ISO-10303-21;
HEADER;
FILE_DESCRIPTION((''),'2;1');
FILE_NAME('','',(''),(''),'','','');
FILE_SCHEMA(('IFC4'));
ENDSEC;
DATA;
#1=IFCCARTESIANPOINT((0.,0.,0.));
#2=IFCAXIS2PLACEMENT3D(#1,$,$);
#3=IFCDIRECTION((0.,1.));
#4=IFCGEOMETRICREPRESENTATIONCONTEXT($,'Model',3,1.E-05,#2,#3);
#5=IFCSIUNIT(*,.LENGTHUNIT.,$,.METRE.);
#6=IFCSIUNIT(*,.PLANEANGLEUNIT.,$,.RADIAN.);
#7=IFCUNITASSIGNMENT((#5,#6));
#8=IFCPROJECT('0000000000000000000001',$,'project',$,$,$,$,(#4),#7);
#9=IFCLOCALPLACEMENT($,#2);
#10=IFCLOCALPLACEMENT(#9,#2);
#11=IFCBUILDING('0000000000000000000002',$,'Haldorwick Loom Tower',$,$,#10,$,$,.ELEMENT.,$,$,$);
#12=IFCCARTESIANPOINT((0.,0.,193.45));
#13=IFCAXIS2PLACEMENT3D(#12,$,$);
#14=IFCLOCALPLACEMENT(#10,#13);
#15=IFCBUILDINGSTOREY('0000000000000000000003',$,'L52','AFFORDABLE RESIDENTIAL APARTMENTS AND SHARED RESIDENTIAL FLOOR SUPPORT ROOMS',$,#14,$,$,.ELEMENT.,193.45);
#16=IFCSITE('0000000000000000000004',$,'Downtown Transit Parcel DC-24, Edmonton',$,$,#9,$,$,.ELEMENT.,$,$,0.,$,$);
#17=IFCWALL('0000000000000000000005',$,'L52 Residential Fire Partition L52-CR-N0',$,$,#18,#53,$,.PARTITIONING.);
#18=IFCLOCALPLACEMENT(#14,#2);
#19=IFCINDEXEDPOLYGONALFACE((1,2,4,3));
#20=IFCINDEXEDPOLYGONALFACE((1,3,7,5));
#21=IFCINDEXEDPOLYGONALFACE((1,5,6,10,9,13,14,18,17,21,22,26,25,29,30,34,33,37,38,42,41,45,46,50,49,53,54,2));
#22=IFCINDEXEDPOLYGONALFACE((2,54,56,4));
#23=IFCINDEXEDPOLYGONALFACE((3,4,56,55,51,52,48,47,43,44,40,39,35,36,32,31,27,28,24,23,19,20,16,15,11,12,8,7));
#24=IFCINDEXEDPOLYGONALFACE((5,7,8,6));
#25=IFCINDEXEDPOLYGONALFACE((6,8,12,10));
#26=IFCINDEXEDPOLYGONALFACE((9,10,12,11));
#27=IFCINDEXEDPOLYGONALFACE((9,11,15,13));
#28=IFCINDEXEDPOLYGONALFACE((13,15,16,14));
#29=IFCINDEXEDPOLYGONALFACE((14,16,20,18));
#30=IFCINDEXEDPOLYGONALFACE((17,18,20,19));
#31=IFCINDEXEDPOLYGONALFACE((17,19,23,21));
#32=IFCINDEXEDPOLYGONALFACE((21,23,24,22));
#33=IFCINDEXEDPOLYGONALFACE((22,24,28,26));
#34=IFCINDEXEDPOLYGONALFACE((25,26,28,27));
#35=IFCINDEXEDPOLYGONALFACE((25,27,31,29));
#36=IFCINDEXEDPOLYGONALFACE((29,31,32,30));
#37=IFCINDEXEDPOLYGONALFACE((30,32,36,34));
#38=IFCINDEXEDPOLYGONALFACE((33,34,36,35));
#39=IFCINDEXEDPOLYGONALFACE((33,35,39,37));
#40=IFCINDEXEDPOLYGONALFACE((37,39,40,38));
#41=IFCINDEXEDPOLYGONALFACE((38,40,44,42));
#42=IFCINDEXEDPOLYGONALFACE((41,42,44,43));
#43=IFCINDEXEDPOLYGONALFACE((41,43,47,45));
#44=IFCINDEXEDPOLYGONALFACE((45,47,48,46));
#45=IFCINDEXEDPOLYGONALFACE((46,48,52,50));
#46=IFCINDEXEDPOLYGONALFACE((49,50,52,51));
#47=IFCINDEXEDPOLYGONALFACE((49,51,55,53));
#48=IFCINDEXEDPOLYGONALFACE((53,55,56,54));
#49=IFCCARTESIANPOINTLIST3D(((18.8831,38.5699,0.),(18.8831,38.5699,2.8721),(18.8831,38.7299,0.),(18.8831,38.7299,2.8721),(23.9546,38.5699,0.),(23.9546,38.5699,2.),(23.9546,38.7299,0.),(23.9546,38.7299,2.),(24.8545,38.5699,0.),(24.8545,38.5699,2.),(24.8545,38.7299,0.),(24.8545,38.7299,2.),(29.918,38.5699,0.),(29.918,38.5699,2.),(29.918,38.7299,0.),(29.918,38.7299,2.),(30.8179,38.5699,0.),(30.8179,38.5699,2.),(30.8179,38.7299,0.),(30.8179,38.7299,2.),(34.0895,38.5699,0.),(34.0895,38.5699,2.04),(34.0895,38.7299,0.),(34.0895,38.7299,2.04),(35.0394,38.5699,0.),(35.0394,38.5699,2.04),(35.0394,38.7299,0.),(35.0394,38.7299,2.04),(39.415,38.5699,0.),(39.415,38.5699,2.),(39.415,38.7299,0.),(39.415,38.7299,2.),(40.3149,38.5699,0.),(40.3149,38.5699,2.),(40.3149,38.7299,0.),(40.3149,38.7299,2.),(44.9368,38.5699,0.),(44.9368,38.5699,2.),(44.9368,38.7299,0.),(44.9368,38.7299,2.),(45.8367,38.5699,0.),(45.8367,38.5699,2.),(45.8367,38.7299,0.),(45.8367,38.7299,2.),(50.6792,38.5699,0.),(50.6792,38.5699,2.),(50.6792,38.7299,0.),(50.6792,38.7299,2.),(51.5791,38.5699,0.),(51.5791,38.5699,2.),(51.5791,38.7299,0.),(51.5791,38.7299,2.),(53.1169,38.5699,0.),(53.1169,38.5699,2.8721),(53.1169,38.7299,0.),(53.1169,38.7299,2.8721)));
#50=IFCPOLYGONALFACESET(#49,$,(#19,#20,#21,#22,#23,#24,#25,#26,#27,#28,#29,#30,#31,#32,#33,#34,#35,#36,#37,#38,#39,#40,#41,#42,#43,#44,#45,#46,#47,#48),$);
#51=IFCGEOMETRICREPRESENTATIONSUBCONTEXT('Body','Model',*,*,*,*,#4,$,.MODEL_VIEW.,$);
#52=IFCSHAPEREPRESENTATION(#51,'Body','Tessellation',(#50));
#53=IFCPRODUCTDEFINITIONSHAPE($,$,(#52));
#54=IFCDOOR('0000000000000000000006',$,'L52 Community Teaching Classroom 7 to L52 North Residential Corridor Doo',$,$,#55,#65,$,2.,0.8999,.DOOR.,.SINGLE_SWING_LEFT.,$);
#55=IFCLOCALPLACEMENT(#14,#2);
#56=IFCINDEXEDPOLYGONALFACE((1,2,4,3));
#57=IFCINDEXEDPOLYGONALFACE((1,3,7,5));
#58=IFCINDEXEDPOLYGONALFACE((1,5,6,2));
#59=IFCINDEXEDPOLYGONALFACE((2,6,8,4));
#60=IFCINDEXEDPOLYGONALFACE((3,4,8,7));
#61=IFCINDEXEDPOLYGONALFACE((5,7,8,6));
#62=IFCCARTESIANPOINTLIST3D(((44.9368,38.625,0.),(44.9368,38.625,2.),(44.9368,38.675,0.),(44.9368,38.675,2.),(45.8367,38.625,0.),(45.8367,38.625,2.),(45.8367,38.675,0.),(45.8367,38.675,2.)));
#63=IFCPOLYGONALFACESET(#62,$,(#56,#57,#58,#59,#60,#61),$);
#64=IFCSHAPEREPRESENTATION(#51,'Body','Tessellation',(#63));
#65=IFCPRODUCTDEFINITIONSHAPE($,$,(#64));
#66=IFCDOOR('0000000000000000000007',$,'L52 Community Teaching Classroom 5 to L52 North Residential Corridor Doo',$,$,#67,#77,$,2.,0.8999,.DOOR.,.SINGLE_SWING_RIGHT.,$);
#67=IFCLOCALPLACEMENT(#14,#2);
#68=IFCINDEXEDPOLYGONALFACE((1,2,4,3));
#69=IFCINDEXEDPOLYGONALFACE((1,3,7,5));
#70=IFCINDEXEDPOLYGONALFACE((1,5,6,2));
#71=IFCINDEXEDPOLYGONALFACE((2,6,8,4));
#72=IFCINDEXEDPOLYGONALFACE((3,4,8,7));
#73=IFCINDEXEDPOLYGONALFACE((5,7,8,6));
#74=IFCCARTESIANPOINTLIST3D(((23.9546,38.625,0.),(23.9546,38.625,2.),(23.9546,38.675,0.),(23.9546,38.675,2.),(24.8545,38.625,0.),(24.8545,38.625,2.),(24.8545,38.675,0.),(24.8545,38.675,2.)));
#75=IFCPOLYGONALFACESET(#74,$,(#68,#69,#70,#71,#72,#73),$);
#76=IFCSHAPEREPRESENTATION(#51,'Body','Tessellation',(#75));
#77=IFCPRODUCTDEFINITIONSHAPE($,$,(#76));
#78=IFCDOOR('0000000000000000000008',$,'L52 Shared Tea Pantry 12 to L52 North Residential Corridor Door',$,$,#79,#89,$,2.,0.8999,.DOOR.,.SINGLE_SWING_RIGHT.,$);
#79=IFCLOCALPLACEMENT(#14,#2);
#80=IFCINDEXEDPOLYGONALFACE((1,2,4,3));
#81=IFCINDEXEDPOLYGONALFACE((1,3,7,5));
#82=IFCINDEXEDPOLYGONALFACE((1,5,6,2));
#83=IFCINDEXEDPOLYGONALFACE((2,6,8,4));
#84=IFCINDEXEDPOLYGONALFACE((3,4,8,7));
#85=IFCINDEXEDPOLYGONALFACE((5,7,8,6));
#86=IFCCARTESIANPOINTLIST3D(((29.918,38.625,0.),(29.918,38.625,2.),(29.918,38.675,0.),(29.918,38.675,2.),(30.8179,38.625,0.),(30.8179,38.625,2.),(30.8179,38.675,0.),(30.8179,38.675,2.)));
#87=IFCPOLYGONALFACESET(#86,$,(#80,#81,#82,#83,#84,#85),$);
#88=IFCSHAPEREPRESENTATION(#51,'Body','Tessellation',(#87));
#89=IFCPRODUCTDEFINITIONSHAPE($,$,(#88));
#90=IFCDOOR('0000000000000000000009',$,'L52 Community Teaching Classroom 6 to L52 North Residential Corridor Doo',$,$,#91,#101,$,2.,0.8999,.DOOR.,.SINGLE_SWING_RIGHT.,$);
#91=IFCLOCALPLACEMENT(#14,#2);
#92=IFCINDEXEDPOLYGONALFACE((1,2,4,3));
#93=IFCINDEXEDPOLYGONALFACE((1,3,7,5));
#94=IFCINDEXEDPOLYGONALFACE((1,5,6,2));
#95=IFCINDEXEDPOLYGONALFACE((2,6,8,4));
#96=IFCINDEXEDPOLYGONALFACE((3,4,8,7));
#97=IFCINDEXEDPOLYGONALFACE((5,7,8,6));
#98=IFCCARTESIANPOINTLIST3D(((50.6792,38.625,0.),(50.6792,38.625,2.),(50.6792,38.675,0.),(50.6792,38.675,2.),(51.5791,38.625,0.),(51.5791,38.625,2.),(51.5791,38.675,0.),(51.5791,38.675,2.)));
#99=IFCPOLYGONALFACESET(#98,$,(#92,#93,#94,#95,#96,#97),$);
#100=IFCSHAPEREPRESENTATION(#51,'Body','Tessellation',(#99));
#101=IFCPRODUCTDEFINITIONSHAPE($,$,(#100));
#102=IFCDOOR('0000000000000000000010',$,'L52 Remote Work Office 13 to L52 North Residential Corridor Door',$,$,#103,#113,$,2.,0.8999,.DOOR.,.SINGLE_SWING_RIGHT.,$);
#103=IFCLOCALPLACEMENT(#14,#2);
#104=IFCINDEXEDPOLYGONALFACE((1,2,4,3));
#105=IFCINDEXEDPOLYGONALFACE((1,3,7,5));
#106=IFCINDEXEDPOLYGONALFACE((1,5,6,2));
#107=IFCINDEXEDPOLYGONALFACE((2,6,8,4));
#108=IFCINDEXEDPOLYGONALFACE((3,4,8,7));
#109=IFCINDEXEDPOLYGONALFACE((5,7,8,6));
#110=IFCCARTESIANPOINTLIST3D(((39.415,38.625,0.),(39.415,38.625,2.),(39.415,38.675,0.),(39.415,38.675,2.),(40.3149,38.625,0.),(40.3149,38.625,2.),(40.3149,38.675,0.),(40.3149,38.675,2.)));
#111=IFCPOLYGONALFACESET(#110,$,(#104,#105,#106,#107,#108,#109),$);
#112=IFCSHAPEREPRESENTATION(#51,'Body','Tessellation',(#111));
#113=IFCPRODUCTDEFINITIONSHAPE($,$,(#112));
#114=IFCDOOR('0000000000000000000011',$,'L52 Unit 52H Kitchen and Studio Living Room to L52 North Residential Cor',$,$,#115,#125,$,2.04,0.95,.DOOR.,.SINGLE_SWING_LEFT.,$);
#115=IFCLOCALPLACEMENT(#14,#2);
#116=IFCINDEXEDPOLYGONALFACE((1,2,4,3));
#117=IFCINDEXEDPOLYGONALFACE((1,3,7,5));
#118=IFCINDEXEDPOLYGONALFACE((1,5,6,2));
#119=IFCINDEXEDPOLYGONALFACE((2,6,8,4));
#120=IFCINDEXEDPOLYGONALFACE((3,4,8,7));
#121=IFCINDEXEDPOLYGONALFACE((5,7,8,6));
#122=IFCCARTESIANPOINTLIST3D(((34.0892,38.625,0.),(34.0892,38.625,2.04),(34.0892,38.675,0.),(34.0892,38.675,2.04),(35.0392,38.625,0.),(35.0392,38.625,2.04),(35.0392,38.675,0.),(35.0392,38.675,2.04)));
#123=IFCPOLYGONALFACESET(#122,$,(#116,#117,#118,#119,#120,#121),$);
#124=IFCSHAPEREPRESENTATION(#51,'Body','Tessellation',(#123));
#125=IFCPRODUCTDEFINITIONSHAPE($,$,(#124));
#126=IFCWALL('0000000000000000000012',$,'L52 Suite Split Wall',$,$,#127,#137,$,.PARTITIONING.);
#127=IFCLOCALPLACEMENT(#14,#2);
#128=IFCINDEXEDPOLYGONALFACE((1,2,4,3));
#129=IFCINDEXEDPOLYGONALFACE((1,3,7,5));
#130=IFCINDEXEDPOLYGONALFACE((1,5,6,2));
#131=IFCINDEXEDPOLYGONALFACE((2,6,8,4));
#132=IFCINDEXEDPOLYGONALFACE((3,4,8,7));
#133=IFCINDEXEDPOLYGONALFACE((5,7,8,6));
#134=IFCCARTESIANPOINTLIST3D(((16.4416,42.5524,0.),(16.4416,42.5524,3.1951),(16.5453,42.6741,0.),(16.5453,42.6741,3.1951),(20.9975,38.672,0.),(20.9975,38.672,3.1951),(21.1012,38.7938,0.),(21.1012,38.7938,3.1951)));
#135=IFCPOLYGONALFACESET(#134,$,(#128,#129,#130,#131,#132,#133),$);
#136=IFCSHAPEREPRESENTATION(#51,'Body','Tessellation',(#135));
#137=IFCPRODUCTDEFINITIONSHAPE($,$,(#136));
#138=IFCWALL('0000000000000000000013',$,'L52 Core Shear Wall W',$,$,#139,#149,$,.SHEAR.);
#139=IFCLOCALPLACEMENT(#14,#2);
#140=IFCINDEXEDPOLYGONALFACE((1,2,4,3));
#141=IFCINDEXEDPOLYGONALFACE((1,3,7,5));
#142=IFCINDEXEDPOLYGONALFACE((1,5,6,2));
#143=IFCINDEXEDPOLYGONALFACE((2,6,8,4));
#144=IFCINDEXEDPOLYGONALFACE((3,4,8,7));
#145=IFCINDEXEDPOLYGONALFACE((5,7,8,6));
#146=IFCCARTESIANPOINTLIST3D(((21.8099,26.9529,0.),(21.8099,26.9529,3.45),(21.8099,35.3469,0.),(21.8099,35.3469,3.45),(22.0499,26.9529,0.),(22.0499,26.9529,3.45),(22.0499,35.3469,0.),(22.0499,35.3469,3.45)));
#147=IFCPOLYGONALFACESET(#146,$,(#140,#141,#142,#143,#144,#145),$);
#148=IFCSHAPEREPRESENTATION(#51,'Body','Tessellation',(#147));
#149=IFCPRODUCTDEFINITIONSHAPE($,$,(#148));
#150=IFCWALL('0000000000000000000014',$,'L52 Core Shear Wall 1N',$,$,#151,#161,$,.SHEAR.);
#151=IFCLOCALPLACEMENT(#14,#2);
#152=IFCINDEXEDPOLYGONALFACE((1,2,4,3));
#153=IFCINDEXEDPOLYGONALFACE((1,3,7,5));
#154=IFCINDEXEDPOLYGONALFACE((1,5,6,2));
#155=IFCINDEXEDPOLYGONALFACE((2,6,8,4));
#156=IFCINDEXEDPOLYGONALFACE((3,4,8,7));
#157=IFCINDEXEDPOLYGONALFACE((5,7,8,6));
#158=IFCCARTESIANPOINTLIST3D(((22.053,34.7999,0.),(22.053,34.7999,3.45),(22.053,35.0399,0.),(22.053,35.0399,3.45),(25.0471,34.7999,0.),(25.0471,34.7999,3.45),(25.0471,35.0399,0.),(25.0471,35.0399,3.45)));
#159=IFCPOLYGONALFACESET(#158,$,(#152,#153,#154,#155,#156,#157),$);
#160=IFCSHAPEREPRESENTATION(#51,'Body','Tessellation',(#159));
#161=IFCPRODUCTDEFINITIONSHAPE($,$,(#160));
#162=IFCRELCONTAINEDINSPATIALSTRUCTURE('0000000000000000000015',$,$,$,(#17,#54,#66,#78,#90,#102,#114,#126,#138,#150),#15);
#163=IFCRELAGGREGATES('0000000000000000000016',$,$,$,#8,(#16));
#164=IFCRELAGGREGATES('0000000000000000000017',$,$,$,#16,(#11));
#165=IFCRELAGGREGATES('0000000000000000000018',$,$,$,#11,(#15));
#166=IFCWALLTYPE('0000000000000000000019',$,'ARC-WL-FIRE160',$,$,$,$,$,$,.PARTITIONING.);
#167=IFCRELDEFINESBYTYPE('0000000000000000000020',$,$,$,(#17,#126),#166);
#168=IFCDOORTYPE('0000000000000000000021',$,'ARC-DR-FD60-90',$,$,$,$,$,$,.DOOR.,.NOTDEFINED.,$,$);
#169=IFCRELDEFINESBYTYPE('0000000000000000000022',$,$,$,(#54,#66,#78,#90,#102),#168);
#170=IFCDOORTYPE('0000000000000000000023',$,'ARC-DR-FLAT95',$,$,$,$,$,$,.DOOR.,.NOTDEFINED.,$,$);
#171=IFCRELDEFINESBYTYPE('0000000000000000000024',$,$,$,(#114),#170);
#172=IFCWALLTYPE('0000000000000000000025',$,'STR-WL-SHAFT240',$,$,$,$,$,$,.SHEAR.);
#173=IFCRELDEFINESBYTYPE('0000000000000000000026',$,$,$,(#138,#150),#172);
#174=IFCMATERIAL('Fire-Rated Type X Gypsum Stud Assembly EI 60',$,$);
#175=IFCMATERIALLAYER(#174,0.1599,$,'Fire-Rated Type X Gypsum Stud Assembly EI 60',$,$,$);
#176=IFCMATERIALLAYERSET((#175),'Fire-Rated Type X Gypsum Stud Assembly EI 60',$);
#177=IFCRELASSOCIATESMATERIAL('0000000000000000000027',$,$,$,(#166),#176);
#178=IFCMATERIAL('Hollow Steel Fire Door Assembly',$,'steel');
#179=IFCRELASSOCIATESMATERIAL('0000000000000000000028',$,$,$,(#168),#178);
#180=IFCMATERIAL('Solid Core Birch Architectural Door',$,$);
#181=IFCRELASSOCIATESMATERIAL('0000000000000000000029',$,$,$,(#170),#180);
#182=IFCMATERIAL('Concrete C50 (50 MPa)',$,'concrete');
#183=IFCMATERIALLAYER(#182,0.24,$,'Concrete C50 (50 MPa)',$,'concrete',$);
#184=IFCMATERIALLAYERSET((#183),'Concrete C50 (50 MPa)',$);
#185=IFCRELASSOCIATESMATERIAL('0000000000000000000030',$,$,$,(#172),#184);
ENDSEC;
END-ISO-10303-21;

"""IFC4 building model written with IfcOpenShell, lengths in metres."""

from ifc_helpers import new_model, si_unit, direction, frame, frame_2d, origin, place, context, subcontext, project, spatial, rectangle, extrude, material, layer, layer_set, type_object, element, fill, save


model = new_model("IFC4")

# Units and contexts
model_context = context("Model", 3, precision=1e-05, world=origin(), true_north=direction((0.0, 1.0)))
body_context = subcontext(model_context, "Body", "Model", "MODEL_VIEW")
ifc_project = project(units=[si_unit("LENGTHUNIT", "METRE"), si_unit("PLANEANGLEUNIT", "RADIAN")], contexts=[model_context])

# Site, building, storey
site_placement = place(None, origin())
site = spatial("IfcSite", under=ifc_project, at=site_placement, Name="Downtown Transit Parcel DC-24, Edmonton", CompositionType="ELEMENT", RefElevation=0.0)
building_placement = place(site_placement, origin())
building = spatial("IfcBuilding", under=site, at=building_placement, Name="Haldorwick Loom Tower", CompositionType="ELEMENT")
storey_placement = place(building_placement, frame((0.0, 0.0, 193.45)))
storey = spatial("IfcBuildingStorey", under=building, at=storey_placement, Name="L52", Description="AFFORDABLE RESIDENTIAL APARTMENTS AND SHARED RESIDENTIAL FLOOR SUPPORT ROOMS", CompositionType="ELEMENT", Elevation=193.45)

# Shared definitions
ifc_material_1 = material(Name="Concrete C50 (50 MPa)", Category="concrete")

# Wall, openings, doors
ifc_material_2 = material(Name="Fire-Rated Type X Gypsum Stud Assembly EI 60")
ifc_layer_1 = layer(ifc_material_2, 0.1599, Name="Fire-Rated Type X Gypsum Stud Assembly EI 60")
ifc_layer_set_1 = layer_set([ifc_layer_1], Name="Fire-Rated Type X Gypsum Stud Assembly EI 60")
wall_type_1 = type_object("IfcWallType", Name="ARC-WL-FIRE160", PredefinedType="PARTITIONING", material=ifc_layer_set_1)
wall_1_placement = place(storey_placement, frame((18.8831, 38.6499, 0.0), z_axis=(0.0, 0.0, 1.0), x_axis=(1.0, 0.0, 0.0)))
wall_1 = element("IfcWall", 1, at=wall_1_placement, inside=storey, type_object=wall_type_1, Name="L52 Residential Fire Partition L52-CR-N0", PredefinedType="PARTITIONING", context=body_context, shape_type="SweptSolid", body=[
    extrude(rectangle(XDim=34.2339, YDim=0.1599, at=frame_2d((17.1169, 0.0))), origin(), (0.0, 0.0, 1.0), 2.8721),
])
opening_1_placement = place(wall_1_placement, frame((26.0537, 0.0, 0.0)))
opening_1 = element("IfcOpeningElement", 2, at=opening_1_placement, cuts=wall_1, PredefinedType="OPENING", context=body_context, shape_type="SweptSolid", body=[
    extrude(rectangle(XDim=0.8999, YDim=2.0, at=frame_2d((0.45, 1.0))), frame((0.0, 0.0898, 0.0), z_axis=(0.0, -1.0, 0.0), x_axis=(1.0, 0.0, 0.0)), (0.0, 0.0, 1.0), 0.1799),
])
opening_2_placement = place(wall_1_placement, frame((5.0715, 0.0, 0.0)))
opening_2 = element("IfcOpeningElement", 3, at=opening_2_placement, cuts=wall_1, PredefinedType="OPENING", context=body_context, shape_type="SweptSolid", body=[
    extrude(rectangle(XDim=0.8999, YDim=2.0, at=frame_2d((0.45, 1.0))), frame((0.0, 0.0898, 0.0), z_axis=(0.0, -1.0, 0.0), x_axis=(1.0, 0.0, 0.0)), (0.0, 0.0, 1.0), 0.1799),
])
opening_3_placement = place(wall_1_placement, frame((11.0349, 0.0, 0.0)))
opening_3 = element("IfcOpeningElement", 4, at=opening_3_placement, cuts=wall_1, PredefinedType="OPENING", context=body_context, shape_type="SweptSolid", body=[
    extrude(rectangle(XDim=0.8999, YDim=2.0, at=frame_2d((0.45, 1.0))), frame((0.0, 0.0898, 0.0), z_axis=(0.0, -1.0, 0.0), x_axis=(1.0, 0.0, 0.0)), (0.0, 0.0, 1.0), 0.1799),
])
opening_4_placement = place(wall_1_placement, frame((15.2063, 0.0, 0.0)))
opening_4 = element("IfcOpeningElement", 5, at=opening_4_placement, cuts=wall_1, PredefinedType="OPENING", context=body_context, shape_type="SweptSolid", body=[
    extrude(rectangle(XDim=0.95, YDim=2.04, at=frame_2d((0.4751, 1.02))), frame((0.0, 0.0898, 0.0), z_axis=(0.0, -1.0, 0.0), x_axis=(1.0, 0.0, 0.0)), (0.0, 0.0, 1.0), 0.1799),
])
opening_5_placement = place(wall_1_placement, frame((31.7961, 0.0, 0.0)))
opening_5 = element("IfcOpeningElement", 6, at=opening_5_placement, cuts=wall_1, PredefinedType="OPENING", context=body_context, shape_type="SweptSolid", body=[
    extrude(rectangle(XDim=0.8999, YDim=2.0, at=frame_2d((0.45, 1.0))), frame((0.0, 0.0898, 0.0), z_axis=(0.0, -1.0, 0.0), x_axis=(1.0, 0.0, 0.0)), (0.0, 0.0, 1.0), 0.1799),
])
opening_6_placement = place(wall_1_placement, frame((20.532, 0.0, 0.0)))
opening_6 = element("IfcOpeningElement", 7, at=opening_6_placement, cuts=wall_1, PredefinedType="OPENING", context=body_context, shape_type="SweptSolid", body=[
    extrude(rectangle(XDim=0.8999, YDim=2.0, at=frame_2d((0.45, 1.0))), frame((0.0, 0.0898, 0.0), z_axis=(0.0, -1.0, 0.0), x_axis=(1.0, 0.0, 0.0)), (0.0, 0.0, 1.0), 0.1799),
])
ifc_material_3 = material(Name="Hollow Steel Fire Door Assembly", Category="steel")
door_type_1 = type_object("IfcDoorType", Name="ARC-DR-FD60-90", OperationType="NOTDEFINED", PredefinedType="DOOR", material=ifc_material_3)
door_1_placement = place(opening_1_placement, frame((0.8999, 0.0, 0.0), z_axis=(0.0, 0.0, 1.0), x_axis=(-1.0, 0.0, 0.0)))
door_1 = element("IfcDoor", 8, at=door_1_placement, inside=storey, type_object=door_type_1, Name="L52 Community Teaching Classroom 7 to L52 North Residential Corridor Doo", OperationType="SINGLE_SWING_LEFT", OverallHeight=2.0, OverallWidth=0.8999, PredefinedType="DOOR", context=body_context, shape_type="SweptSolid", body=[
    extrude(rectangle(XDim=0.8999, YDim=2.0, at=frame_2d((0.45, 1.0))), frame((0.0, 0.0249, 0.0), z_axis=(0.0, -1.0, 0.0), x_axis=(1.0, 0.0, 0.0)), (0.0, 0.0, 1.0), 0.05),
])
fill(opening_1, door_1)
door_2_placement = place(opening_2_placement, frame((0.8999, 0.0, 0.0), z_axis=(0.0, 0.0, 1.0), x_axis=(-1.0, 0.0, 0.0)))
door_2 = element("IfcDoor", 9, at=door_2_placement, inside=storey, type_object=door_type_1, Name="L52 Community Teaching Classroom 5 to L52 North Residential Corridor Doo", OperationType="SINGLE_SWING_RIGHT", OverallHeight=2.0, OverallWidth=0.8999, PredefinedType="DOOR", context=body_context, shape_type="SweptSolid", body=[
    extrude(rectangle(XDim=0.8999, YDim=2.0, at=frame_2d((0.45, 1.0))), frame((0.0, 0.0249, 0.0), z_axis=(0.0, -1.0, 0.0), x_axis=(1.0, 0.0, 0.0)), (0.0, 0.0, 1.0), 0.05),
])
fill(opening_2, door_2)
door_3_placement = place(opening_3_placement, frame((0.8999, 0.0, 0.0), z_axis=(0.0, 0.0, 1.0), x_axis=(-1.0, 0.0, 0.0)))
door_3 = element("IfcDoor", 10, at=door_3_placement, inside=storey, type_object=door_type_1, Name="L52 Shared Tea Pantry 12 to L52 North Residential Corridor Door", OperationType="SINGLE_SWING_RIGHT", OverallHeight=2.0, OverallWidth=0.8999, PredefinedType="DOOR", context=body_context, shape_type="SweptSolid", body=[
    extrude(rectangle(XDim=0.8999, YDim=2.0, at=frame_2d((0.45, 1.0))), frame((0.0, 0.0249, 0.0), z_axis=(0.0, -1.0, 0.0), x_axis=(1.0, 0.0, 0.0)), (0.0, 0.0, 1.0), 0.05),
])
fill(opening_3, door_3)
door_4_placement = place(opening_5_placement, frame((0.8999, 0.0, 0.0), z_axis=(0.0, 0.0, 1.0), x_axis=(-1.0, 0.0, 0.0)))
door_4 = element("IfcDoor", 11, at=door_4_placement, inside=storey, type_object=door_type_1, Name="L52 Community Teaching Classroom 6 to L52 North Residential Corridor Doo", OperationType="SINGLE_SWING_RIGHT", OverallHeight=2.0, OverallWidth=0.8999, PredefinedType="DOOR", context=body_context, shape_type="SweptSolid", body=[
    extrude(rectangle(XDim=0.8999, YDim=2.0, at=frame_2d((0.45, 1.0))), frame((0.0, 0.0249, 0.0), z_axis=(0.0, -1.0, 0.0), x_axis=(1.0, 0.0, 0.0)), (0.0, 0.0, 1.0), 0.05),
])
fill(opening_5, door_4)
door_5_placement = place(opening_6_placement, frame((0.8999, 0.0, 0.0), z_axis=(0.0, 0.0, 1.0), x_axis=(-1.0, 0.0, 0.0)))
door_5 = element("IfcDoor", 12, at=door_5_placement, inside=storey, type_object=door_type_1, Name="L52 Remote Work Office 13 to L52 North Residential Corridor Door", OperationType="SINGLE_SWING_RIGHT", OverallHeight=2.0, OverallWidth=0.8999, PredefinedType="DOOR", context=body_context, shape_type="SweptSolid", body=[
    extrude(rectangle(XDim=0.8999, YDim=2.0, at=frame_2d((0.45, 1.0))), frame((0.0, 0.0249, 0.0), z_axis=(0.0, -1.0, 0.0), x_axis=(1.0, 0.0, 0.0)), (0.0, 0.0, 1.0), 0.05),
])
fill(opening_6, door_5)
ifc_material_4 = material(Name="Solid Core Birch Architectural Door")
door_type_2 = type_object("IfcDoorType", Name="ARC-DR-FLAT95", OperationType="NOTDEFINED", PredefinedType="DOOR", material=ifc_material_4)
door_6_placement = place(opening_4_placement, frame((0.95, 0.0, 0.0), z_axis=(0.0, 0.0, 1.0), x_axis=(-1.0, 0.0, 0.0)))
door_6 = element("IfcDoor", 13, at=door_6_placement, inside=storey, type_object=door_type_2, Name="L52 Unit 52H Kitchen and Studio Living Room to L52 North Residential Cor", OperationType="SINGLE_SWING_LEFT", OverallHeight=2.04, OverallWidth=0.95, PredefinedType="DOOR", context=body_context, shape_type="SweptSolid", body=[
    extrude(rectangle(XDim=0.95, YDim=2.04, at=frame_2d((0.4751, 1.02))), frame((0.0, 0.0249, 0.0), z_axis=(0.0, -1.0, 0.0), x_axis=(1.0, 0.0, 0.0)), (0.0, 0.0, 1.0), 0.05),
])
fill(opening_4, door_6)

# Walls
wall_2_placement = place(storey_placement, frame((21.0493, 38.7329, 0.0), z_axis=(0.0, 0.0, 1.0), x_axis=(-0.761292, 0.64841, 0.0)))
element("IfcWall", 14, at=wall_2_placement, inside=storey, type_object=wall_type_1, Name="L52 Suite Split Wall", PredefinedType="PARTITIONING", context=body_context, shape_type="SweptSolid", body=[
    extrude(rectangle(XDim=5.9844, YDim=0.1599, at=frame_2d((2.9922, 0.0))), origin(), (0.0, 0.0, 1.0), 3.1951),
])
ifc_layer_2 = layer(ifc_material_1, 0.24, Name="Concrete C50 (50 MPa)", Category="concrete")
ifc_layer_set_2 = layer_set([ifc_layer_2], Name="Concrete C50 (50 MPa)")
wall_type_2 = type_object("IfcWallType", Name="STR-WL-SHAFT240", PredefinedType="SHEAR", material=ifc_layer_set_2)
wall_3_placement = place(storey_placement, frame((21.9299, 35.3469, 0.0), z_axis=(0.0, 0.0, 1.0), x_axis=(0.0, -1.0, 0.0)))
element("IfcWall", 15, at=wall_3_placement, inside=storey, type_object=wall_type_2, Name="L52 Core Shear Wall W", PredefinedType="SHEAR", context=body_context, shape_type="SweptSolid", body=[
    extrude(rectangle(XDim=8.394, YDim=0.24, at=frame_2d((4.197, 0.0))), origin(), (0.0, 0.0, 1.0), 3.45),
])
wall_4_placement = place(storey_placement, frame((22.053, 34.9199, 0.0), z_axis=(0.0, 0.0, 1.0), x_axis=(1.0, 0.0, 0.0)))
element("IfcWall", 16, at=wall_4_placement, inside=storey, type_object=wall_type_2, Name="L52 Core Shear Wall 1N", PredefinedType="SHEAR", context=body_context, shape_type="SweptSolid", body=[
    extrude(rectangle(XDim=2.9941, YDim=0.24, at=frame_2d((1.4971, 0.0))), origin(), (0.0, 0.0, 1.0), 3.45),
])

save(model, "model.ifc")
